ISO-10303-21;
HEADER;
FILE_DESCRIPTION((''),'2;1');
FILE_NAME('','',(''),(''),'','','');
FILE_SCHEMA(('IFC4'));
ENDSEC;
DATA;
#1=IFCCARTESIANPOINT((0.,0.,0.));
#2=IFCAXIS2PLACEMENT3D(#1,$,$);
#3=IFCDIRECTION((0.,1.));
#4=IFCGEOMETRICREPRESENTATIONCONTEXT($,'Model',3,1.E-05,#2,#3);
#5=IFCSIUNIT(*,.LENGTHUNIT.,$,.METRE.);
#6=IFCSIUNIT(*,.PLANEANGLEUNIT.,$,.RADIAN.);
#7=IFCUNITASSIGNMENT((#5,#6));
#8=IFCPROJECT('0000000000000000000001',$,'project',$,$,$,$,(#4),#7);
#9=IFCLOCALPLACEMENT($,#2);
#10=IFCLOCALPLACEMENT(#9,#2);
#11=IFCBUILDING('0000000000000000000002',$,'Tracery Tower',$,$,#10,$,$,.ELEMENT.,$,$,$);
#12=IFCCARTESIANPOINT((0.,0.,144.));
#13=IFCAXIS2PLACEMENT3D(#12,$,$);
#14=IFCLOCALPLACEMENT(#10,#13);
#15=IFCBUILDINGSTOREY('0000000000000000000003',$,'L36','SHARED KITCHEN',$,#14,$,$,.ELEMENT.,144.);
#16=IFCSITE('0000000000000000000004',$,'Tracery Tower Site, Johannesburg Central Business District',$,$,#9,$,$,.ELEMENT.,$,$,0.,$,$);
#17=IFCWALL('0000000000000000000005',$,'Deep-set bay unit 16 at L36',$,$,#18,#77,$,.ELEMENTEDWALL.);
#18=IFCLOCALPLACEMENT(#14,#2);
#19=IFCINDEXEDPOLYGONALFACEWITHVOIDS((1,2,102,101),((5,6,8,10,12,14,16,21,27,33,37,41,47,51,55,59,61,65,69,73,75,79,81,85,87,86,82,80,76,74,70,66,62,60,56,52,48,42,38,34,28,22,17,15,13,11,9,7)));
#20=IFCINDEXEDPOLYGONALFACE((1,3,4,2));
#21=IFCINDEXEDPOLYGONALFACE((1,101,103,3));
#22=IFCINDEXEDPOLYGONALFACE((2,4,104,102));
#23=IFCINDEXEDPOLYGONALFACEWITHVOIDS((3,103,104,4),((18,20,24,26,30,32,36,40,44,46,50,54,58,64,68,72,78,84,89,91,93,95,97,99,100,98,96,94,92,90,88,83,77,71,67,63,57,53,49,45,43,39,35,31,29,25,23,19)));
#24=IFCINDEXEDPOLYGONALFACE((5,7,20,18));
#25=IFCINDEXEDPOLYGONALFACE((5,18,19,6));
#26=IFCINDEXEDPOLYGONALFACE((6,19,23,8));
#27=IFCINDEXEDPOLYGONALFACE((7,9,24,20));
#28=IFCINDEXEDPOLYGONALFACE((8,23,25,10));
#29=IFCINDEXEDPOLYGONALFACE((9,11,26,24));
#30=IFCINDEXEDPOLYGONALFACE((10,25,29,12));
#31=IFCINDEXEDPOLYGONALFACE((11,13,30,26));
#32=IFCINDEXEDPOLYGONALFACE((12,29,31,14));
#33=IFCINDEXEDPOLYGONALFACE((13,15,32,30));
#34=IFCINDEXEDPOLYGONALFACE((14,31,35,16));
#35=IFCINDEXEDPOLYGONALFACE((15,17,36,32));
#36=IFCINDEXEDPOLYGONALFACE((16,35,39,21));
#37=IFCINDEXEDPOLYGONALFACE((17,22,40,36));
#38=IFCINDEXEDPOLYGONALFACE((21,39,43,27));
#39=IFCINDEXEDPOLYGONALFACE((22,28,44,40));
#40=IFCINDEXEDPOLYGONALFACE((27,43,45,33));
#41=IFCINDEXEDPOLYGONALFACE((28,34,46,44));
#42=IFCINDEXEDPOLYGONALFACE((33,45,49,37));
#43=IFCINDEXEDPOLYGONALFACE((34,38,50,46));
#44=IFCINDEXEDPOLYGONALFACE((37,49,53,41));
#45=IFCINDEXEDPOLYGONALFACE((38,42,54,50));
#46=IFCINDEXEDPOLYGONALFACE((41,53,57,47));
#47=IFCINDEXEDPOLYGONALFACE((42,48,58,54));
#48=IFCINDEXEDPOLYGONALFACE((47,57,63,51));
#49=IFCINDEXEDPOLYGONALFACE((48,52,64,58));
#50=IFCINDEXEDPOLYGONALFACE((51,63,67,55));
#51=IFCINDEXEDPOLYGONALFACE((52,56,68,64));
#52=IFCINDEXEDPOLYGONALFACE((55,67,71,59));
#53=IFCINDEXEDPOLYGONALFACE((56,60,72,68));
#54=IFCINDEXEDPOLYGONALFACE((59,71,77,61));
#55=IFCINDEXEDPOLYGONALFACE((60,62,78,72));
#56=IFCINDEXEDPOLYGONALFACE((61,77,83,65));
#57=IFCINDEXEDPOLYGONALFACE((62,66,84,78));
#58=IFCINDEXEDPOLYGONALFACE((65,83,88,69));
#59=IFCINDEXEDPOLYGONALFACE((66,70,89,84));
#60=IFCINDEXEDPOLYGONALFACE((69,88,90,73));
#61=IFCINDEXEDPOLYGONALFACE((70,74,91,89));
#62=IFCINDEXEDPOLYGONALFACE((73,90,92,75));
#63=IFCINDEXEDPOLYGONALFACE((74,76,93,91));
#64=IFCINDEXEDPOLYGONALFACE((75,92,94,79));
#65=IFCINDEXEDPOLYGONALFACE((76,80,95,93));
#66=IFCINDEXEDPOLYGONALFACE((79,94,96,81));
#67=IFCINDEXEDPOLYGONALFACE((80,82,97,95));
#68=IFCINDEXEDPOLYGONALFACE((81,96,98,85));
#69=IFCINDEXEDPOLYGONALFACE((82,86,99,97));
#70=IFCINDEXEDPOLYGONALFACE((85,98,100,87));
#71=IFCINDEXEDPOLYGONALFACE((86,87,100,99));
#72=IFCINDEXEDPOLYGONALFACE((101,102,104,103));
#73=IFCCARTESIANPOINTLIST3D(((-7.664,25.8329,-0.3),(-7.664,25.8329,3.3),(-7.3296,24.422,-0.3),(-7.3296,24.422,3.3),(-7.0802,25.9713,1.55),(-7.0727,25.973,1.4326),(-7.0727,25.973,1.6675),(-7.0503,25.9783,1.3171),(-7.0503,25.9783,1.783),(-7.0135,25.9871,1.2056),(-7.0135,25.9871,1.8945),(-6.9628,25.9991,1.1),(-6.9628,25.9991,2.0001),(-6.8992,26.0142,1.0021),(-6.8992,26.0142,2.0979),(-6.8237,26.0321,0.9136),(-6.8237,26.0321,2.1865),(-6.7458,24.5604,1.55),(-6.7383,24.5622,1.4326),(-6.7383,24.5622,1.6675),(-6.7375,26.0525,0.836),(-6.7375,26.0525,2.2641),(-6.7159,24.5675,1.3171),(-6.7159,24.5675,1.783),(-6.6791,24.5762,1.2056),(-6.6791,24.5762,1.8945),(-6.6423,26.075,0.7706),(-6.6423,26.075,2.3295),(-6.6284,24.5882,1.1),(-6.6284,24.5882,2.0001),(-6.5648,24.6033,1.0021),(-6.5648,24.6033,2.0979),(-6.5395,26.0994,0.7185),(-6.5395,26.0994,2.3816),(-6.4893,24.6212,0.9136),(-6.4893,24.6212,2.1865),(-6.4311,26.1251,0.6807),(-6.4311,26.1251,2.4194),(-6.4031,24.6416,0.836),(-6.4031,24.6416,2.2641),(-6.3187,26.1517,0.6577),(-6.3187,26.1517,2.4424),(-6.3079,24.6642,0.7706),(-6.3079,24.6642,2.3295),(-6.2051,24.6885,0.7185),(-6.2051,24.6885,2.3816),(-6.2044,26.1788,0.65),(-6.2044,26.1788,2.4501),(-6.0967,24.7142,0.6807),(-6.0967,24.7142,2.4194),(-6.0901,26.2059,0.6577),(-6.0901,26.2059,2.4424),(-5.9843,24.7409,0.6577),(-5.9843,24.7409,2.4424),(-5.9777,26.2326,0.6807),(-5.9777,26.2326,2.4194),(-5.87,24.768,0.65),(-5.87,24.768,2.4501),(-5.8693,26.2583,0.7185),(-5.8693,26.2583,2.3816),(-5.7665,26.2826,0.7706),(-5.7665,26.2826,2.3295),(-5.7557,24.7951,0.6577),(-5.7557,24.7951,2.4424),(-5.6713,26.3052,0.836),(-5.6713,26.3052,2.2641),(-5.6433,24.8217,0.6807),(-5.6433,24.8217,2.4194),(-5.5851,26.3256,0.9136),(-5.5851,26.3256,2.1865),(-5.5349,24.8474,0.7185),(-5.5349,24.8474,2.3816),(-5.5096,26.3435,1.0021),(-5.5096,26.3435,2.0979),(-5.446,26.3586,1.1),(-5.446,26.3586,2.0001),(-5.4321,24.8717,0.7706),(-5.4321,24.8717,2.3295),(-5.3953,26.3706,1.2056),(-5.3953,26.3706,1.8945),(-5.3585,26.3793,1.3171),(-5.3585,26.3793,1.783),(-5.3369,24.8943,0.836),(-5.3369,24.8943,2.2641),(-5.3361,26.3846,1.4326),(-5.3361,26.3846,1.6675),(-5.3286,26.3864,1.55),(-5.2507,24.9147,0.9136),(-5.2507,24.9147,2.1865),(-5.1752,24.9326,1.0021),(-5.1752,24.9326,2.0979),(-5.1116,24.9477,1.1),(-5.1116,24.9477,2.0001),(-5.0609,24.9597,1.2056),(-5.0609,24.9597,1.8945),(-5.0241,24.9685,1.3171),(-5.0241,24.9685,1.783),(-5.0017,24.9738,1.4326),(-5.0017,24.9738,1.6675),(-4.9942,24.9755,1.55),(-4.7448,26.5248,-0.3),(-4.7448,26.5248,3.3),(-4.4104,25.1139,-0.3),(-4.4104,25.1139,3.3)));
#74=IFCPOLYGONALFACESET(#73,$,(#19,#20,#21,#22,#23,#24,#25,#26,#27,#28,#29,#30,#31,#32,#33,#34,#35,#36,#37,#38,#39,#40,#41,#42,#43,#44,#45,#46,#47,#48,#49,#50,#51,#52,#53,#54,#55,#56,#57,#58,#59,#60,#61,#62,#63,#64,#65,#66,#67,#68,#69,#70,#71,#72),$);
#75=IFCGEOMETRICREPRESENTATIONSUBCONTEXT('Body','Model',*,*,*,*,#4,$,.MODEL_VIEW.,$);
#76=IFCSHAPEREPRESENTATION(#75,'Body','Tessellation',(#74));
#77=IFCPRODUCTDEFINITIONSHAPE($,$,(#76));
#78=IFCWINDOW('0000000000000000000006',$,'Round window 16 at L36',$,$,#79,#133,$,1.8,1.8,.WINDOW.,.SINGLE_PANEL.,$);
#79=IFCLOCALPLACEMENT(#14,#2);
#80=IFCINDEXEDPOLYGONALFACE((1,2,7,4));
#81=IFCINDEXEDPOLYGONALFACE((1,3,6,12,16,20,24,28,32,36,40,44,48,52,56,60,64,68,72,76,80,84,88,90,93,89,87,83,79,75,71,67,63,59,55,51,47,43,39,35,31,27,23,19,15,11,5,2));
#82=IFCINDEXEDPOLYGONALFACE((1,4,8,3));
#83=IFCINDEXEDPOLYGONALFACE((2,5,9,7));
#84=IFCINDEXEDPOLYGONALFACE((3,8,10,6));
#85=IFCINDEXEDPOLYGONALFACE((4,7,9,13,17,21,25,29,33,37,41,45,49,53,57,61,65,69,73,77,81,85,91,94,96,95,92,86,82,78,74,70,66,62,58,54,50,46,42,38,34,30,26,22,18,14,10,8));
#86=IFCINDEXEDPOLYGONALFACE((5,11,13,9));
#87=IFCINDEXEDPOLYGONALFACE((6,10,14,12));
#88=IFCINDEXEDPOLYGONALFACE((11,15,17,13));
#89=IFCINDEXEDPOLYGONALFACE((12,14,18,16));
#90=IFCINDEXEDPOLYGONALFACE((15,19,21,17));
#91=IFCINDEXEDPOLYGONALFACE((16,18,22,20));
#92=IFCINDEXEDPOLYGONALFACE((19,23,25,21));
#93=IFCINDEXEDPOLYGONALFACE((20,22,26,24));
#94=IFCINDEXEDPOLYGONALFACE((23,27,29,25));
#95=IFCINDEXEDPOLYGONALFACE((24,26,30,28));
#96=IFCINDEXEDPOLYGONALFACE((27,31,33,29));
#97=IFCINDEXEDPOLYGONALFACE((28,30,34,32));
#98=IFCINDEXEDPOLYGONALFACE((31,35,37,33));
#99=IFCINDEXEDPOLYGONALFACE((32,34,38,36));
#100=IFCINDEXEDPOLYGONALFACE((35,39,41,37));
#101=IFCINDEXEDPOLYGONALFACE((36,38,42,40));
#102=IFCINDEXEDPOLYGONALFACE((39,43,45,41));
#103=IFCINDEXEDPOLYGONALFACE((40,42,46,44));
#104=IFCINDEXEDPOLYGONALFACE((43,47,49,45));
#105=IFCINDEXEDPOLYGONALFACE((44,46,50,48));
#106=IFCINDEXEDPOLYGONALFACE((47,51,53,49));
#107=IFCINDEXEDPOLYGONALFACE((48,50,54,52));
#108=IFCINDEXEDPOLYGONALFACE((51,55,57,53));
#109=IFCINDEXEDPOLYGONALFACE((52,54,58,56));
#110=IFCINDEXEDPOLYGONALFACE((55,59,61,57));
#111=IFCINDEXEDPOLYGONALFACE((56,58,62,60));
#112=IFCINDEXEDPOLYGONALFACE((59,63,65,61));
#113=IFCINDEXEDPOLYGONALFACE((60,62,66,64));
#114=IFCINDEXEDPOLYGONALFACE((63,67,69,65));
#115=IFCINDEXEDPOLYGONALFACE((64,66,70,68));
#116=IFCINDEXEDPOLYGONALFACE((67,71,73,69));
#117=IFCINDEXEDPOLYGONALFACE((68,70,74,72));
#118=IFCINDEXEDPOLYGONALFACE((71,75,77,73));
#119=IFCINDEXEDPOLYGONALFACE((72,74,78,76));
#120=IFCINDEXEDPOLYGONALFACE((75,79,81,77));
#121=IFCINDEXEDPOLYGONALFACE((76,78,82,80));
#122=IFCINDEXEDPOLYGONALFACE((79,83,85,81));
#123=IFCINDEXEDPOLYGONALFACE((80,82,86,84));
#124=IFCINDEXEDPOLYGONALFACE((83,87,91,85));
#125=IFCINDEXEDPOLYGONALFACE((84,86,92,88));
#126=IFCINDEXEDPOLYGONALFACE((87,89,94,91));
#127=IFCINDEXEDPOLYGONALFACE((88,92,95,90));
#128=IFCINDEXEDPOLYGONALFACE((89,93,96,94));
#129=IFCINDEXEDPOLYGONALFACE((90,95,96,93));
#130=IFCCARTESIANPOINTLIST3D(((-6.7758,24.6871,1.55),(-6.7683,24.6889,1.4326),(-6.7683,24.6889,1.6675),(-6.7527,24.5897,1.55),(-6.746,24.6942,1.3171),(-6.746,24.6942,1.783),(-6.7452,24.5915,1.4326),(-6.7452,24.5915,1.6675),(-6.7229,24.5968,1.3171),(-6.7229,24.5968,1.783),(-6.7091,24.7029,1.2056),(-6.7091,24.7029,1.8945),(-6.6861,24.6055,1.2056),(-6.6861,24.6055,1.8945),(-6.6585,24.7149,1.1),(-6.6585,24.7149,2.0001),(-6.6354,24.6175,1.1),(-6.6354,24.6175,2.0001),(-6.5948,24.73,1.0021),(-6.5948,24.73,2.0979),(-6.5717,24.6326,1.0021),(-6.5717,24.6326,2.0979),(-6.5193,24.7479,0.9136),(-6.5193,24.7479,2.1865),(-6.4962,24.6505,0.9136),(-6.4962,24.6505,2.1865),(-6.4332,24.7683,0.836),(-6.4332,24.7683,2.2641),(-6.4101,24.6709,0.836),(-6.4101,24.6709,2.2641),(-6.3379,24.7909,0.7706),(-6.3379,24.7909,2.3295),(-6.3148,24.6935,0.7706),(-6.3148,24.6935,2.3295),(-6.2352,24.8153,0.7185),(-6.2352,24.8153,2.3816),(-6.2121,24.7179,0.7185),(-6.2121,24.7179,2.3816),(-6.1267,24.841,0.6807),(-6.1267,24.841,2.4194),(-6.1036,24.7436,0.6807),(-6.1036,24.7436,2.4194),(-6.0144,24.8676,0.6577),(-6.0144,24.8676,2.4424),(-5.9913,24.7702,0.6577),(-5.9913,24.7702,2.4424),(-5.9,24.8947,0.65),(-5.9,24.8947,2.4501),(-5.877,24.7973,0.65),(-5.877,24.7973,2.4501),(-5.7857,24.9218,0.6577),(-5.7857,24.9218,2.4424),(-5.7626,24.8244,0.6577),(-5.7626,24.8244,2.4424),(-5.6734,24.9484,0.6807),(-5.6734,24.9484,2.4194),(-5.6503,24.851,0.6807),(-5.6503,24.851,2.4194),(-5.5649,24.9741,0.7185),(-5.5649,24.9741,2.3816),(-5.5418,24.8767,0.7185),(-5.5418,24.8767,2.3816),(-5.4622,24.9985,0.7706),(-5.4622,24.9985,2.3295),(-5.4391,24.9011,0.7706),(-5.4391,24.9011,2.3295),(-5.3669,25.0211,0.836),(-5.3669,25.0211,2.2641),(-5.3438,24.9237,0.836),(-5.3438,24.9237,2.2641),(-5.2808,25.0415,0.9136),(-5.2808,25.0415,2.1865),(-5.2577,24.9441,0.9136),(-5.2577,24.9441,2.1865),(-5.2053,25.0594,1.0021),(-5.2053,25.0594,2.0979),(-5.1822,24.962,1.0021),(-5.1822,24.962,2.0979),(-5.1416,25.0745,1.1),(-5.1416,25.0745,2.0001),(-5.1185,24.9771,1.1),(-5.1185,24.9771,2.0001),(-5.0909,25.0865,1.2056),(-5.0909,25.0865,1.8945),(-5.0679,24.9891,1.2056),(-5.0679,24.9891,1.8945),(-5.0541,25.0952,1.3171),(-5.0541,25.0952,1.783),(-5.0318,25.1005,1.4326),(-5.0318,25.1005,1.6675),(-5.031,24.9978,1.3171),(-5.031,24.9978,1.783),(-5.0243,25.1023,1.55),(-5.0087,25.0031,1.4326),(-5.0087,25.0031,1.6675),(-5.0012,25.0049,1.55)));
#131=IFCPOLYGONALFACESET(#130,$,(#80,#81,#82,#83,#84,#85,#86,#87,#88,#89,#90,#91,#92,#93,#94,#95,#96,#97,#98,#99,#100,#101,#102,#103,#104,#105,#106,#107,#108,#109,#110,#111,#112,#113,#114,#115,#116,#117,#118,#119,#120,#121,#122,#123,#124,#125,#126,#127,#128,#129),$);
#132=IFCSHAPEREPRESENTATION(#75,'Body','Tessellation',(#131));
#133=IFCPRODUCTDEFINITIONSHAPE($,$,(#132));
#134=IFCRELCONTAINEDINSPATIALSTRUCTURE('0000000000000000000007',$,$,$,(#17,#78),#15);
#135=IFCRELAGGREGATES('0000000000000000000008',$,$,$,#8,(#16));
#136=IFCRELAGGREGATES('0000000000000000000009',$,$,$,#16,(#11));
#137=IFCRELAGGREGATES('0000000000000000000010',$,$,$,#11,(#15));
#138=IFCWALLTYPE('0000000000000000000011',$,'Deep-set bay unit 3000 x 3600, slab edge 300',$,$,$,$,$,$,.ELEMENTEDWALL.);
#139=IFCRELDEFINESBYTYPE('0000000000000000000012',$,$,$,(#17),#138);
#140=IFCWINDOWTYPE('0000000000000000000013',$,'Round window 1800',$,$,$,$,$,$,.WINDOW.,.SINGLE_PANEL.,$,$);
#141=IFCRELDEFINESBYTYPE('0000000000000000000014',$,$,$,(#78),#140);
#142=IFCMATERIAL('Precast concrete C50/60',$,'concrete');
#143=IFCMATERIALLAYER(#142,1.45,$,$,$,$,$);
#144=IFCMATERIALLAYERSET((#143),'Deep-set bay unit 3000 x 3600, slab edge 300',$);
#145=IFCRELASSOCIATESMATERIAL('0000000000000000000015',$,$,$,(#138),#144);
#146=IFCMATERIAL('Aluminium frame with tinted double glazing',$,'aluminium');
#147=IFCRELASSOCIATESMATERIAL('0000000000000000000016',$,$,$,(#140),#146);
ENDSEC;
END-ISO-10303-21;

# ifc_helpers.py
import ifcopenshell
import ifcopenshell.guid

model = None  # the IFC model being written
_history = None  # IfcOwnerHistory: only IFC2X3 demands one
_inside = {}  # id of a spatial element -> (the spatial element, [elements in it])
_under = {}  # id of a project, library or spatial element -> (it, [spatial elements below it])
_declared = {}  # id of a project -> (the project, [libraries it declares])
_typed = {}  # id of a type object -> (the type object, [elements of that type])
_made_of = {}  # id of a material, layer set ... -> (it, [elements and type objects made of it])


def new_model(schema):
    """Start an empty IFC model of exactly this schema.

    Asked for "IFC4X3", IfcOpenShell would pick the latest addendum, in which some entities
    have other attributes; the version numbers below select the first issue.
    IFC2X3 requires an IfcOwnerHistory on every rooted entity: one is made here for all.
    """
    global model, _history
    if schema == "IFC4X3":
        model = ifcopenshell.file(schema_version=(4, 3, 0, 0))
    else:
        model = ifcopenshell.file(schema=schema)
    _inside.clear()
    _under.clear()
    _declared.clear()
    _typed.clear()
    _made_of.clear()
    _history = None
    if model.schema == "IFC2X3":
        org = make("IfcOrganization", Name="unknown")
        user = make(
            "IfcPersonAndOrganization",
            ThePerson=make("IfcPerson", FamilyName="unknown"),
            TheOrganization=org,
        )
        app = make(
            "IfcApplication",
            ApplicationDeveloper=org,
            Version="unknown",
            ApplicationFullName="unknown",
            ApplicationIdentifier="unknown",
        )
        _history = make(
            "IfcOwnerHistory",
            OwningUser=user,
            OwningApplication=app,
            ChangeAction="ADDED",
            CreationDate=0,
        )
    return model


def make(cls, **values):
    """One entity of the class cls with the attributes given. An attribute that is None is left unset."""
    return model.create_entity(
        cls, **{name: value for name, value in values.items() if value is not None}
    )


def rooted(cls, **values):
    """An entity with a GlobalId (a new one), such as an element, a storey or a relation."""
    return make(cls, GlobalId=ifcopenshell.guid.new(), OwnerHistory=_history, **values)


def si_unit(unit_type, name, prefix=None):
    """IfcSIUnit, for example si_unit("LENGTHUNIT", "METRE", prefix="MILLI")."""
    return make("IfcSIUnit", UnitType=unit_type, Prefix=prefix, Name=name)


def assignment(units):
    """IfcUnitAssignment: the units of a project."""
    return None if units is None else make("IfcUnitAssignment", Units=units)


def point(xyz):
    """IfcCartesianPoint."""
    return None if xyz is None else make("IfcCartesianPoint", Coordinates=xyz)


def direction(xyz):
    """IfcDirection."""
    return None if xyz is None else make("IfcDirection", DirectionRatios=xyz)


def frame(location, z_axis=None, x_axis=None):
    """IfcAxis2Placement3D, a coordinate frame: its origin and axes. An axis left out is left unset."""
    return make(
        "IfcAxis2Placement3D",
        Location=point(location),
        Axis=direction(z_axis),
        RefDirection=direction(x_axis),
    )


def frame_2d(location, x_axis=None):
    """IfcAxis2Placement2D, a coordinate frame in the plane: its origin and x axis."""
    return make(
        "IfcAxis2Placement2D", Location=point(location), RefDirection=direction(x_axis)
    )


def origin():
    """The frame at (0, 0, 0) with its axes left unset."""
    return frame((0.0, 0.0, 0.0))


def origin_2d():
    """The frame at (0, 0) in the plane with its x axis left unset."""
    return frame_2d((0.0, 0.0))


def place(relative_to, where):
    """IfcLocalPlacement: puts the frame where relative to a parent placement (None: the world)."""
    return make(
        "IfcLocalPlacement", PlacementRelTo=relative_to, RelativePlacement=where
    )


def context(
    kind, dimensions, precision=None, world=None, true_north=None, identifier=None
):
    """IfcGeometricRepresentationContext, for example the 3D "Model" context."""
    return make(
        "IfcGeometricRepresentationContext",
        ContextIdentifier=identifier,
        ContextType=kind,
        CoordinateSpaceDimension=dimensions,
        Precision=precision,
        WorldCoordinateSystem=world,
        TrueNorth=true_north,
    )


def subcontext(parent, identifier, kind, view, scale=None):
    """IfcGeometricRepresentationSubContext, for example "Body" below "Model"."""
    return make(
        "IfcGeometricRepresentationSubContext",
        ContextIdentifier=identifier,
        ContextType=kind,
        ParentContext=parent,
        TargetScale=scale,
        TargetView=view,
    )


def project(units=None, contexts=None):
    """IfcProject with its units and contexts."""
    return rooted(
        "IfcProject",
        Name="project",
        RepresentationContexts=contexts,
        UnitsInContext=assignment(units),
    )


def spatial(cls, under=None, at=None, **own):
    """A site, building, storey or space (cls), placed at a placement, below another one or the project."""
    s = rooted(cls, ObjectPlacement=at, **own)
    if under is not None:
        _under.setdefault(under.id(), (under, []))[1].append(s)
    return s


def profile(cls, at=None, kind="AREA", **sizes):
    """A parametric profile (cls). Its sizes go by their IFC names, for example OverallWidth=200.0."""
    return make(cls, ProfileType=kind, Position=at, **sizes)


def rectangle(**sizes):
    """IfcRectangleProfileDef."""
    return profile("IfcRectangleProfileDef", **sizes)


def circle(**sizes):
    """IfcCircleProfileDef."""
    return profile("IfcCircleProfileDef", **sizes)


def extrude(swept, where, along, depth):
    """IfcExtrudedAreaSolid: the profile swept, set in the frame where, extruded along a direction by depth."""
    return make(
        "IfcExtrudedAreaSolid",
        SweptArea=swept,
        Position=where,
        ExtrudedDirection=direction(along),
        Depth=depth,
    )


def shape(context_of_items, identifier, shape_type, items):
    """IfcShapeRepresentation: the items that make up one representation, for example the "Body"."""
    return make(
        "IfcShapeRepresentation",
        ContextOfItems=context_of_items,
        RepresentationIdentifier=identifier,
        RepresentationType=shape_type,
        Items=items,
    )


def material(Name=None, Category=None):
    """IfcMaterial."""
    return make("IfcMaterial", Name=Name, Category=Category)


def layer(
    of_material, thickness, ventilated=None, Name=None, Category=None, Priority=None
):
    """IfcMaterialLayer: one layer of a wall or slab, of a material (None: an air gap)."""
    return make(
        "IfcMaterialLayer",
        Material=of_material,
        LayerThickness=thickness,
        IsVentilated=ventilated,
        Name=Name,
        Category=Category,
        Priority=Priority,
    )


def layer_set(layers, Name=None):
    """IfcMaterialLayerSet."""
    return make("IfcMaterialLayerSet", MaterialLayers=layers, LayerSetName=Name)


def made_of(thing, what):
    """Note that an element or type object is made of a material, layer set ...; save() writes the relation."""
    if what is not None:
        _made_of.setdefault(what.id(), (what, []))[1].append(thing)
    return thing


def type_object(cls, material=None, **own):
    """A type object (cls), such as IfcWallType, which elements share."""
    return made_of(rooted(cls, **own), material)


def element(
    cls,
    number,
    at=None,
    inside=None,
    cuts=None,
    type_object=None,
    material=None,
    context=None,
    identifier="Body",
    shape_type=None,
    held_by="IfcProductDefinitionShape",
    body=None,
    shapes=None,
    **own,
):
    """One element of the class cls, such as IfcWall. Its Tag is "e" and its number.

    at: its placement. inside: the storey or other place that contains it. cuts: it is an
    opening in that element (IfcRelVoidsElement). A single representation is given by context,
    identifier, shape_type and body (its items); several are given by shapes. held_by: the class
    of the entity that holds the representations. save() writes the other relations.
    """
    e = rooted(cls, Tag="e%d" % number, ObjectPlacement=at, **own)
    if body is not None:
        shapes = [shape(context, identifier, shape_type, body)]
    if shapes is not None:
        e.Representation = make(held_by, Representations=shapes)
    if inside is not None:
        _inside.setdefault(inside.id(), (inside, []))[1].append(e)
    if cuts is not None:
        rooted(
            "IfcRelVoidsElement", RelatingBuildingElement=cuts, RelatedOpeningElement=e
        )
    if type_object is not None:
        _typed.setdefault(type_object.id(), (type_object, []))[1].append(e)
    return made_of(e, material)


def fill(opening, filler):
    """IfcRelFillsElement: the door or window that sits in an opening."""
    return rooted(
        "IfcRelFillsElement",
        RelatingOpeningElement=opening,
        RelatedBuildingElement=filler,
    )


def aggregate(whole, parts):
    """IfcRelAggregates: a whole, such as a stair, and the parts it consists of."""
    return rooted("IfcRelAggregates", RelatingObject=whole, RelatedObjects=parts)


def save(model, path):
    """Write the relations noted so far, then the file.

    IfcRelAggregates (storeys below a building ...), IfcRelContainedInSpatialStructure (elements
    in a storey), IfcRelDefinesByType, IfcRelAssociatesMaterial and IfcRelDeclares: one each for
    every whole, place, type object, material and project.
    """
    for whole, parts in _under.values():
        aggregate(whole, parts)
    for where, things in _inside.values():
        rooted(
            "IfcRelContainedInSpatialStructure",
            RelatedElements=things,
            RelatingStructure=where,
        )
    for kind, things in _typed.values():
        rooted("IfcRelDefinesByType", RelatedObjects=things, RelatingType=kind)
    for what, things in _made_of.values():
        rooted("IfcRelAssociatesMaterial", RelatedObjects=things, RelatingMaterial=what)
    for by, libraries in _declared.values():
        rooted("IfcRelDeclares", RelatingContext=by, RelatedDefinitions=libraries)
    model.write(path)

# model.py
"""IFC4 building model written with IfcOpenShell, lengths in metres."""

from ifc_helpers import new_model, si_unit, direction, frame, frame_2d, origin, origin_2d, place, context, subcontext, project, spatial, rectangle, circle, extrude, material, layer, layer_set, type_object, element, fill, save


model = new_model("IFC4")

# Units and contexts
model_context = context("Model", 3, precision=1e-05, world=origin(), true_north=direction((0.0, 1.0)))
body_context = subcontext(model_context, "Body", "Model", "MODEL_VIEW")
ifc_project = project(units=[si_unit("LENGTHUNIT", "METRE"), si_unit("PLANEANGLEUNIT", "RADIAN")], contexts=[model_context])

# Site, building, storey
site_placement = place(None, origin())
site = spatial("IfcSite", under=ifc_project, at=site_placement, Name="Tracery Tower Site, Johannesburg Central Business District", CompositionType="ELEMENT", RefElevation=0.0)
building_placement = place(site_placement, origin())
building = spatial("IfcBuilding", under=site, at=building_placement, Name="Tracery Tower", CompositionType="ELEMENT")
storey_placement = place(building_placement, frame((0.0, 0.0, 144.0)))
storey = spatial("IfcBuildingStorey", under=building, at=storey_placement, Name="L36", Description="SHARED KITCHEN", CompositionType="ELEMENT", Elevation=144.0)

# Wall, opening, window
ifc_material_1 = material(Name="Precast concrete C50/60", Category="concrete")
ifc_layer_1 = layer(ifc_material_1, 1.45)
ifc_layer_set_1 = layer_set([ifc_layer_1], Name="Deep-set bay unit 3000 x 3600, slab edge 300")
wall_type_1 = type_object("IfcWallType", Name="Deep-set bay unit 3000 x 3600, slab edge 300", PredefinedType="ELEMENTEDWALL", material=ifc_layer_set_1)
wall_1_placement = place(storey_placement, frame((-4.5776, 25.8193, -0.3), z_axis=(0.0, 0.0, 1.0), x_axis=(-0.973042, -0.230627, 0.0)))
wall_1 = element("IfcWall", 1, at=wall_1_placement, inside=storey, type_object=wall_type_1, Name="Deep-set bay unit 16 at L36", PredefinedType="ELEMENTEDWALL", context=body_context, shape_type="SweptSolid", body=[
    extrude(rectangle(XDim=3.0, YDim=1.45, at=frame_2d((1.5, 0.0))), origin(), (0.0, 0.0, 1.0), 3.6001),
])
opening_1_placement = place(wall_1_placement, frame((1.5, 0.0, 1.8501)))
opening_1 = element("IfcOpeningElement", 2, at=opening_1_placement, cuts=wall_1, PredefinedType="OPENING", context=body_context, shape_type="SweptSolid", body=[
    extrude(circle(Radius=0.9, at=origin_2d()), frame((0.0, 0.7349, 0.0), z_axis=(0.0, -1.0, 0.0), x_axis=(1.0, 0.0, 0.0)), (0.0, 0.0, 1.0), 1.47),
])
ifc_material_2 = material(Name="Aluminium frame with tinted double glazing", Category="aluminium")
window_type = type_object("IfcWindowType", Name="Round window 1800", PartitioningType="SINGLE_PANEL", PredefinedType="WINDOW", material=ifc_material_2)
window_1_placement = place(opening_1_placement, origin())
window_1 = element("IfcWindow", 3, at=window_1_placement, inside=storey, type_object=window_type, Name="Round window 16 at L36", OverallHeight=1.8, OverallWidth=1.8, PartitioningType="SINGLE_PANEL", PredefinedType="WINDOW", context=body_context, shape_type="SweptSolid", body=[
    extrude(circle(Radius=0.9, at=origin_2d()), frame((0.0, 0.6948, 0.0), z_axis=(0.0, -1.0, 0.0), x_axis=(1.0, 0.0, 0.0)), (0.0, 0.0, 1.0), 0.1001),
])
fill(opening_1, window_1)

save(model, "model.ifc")
